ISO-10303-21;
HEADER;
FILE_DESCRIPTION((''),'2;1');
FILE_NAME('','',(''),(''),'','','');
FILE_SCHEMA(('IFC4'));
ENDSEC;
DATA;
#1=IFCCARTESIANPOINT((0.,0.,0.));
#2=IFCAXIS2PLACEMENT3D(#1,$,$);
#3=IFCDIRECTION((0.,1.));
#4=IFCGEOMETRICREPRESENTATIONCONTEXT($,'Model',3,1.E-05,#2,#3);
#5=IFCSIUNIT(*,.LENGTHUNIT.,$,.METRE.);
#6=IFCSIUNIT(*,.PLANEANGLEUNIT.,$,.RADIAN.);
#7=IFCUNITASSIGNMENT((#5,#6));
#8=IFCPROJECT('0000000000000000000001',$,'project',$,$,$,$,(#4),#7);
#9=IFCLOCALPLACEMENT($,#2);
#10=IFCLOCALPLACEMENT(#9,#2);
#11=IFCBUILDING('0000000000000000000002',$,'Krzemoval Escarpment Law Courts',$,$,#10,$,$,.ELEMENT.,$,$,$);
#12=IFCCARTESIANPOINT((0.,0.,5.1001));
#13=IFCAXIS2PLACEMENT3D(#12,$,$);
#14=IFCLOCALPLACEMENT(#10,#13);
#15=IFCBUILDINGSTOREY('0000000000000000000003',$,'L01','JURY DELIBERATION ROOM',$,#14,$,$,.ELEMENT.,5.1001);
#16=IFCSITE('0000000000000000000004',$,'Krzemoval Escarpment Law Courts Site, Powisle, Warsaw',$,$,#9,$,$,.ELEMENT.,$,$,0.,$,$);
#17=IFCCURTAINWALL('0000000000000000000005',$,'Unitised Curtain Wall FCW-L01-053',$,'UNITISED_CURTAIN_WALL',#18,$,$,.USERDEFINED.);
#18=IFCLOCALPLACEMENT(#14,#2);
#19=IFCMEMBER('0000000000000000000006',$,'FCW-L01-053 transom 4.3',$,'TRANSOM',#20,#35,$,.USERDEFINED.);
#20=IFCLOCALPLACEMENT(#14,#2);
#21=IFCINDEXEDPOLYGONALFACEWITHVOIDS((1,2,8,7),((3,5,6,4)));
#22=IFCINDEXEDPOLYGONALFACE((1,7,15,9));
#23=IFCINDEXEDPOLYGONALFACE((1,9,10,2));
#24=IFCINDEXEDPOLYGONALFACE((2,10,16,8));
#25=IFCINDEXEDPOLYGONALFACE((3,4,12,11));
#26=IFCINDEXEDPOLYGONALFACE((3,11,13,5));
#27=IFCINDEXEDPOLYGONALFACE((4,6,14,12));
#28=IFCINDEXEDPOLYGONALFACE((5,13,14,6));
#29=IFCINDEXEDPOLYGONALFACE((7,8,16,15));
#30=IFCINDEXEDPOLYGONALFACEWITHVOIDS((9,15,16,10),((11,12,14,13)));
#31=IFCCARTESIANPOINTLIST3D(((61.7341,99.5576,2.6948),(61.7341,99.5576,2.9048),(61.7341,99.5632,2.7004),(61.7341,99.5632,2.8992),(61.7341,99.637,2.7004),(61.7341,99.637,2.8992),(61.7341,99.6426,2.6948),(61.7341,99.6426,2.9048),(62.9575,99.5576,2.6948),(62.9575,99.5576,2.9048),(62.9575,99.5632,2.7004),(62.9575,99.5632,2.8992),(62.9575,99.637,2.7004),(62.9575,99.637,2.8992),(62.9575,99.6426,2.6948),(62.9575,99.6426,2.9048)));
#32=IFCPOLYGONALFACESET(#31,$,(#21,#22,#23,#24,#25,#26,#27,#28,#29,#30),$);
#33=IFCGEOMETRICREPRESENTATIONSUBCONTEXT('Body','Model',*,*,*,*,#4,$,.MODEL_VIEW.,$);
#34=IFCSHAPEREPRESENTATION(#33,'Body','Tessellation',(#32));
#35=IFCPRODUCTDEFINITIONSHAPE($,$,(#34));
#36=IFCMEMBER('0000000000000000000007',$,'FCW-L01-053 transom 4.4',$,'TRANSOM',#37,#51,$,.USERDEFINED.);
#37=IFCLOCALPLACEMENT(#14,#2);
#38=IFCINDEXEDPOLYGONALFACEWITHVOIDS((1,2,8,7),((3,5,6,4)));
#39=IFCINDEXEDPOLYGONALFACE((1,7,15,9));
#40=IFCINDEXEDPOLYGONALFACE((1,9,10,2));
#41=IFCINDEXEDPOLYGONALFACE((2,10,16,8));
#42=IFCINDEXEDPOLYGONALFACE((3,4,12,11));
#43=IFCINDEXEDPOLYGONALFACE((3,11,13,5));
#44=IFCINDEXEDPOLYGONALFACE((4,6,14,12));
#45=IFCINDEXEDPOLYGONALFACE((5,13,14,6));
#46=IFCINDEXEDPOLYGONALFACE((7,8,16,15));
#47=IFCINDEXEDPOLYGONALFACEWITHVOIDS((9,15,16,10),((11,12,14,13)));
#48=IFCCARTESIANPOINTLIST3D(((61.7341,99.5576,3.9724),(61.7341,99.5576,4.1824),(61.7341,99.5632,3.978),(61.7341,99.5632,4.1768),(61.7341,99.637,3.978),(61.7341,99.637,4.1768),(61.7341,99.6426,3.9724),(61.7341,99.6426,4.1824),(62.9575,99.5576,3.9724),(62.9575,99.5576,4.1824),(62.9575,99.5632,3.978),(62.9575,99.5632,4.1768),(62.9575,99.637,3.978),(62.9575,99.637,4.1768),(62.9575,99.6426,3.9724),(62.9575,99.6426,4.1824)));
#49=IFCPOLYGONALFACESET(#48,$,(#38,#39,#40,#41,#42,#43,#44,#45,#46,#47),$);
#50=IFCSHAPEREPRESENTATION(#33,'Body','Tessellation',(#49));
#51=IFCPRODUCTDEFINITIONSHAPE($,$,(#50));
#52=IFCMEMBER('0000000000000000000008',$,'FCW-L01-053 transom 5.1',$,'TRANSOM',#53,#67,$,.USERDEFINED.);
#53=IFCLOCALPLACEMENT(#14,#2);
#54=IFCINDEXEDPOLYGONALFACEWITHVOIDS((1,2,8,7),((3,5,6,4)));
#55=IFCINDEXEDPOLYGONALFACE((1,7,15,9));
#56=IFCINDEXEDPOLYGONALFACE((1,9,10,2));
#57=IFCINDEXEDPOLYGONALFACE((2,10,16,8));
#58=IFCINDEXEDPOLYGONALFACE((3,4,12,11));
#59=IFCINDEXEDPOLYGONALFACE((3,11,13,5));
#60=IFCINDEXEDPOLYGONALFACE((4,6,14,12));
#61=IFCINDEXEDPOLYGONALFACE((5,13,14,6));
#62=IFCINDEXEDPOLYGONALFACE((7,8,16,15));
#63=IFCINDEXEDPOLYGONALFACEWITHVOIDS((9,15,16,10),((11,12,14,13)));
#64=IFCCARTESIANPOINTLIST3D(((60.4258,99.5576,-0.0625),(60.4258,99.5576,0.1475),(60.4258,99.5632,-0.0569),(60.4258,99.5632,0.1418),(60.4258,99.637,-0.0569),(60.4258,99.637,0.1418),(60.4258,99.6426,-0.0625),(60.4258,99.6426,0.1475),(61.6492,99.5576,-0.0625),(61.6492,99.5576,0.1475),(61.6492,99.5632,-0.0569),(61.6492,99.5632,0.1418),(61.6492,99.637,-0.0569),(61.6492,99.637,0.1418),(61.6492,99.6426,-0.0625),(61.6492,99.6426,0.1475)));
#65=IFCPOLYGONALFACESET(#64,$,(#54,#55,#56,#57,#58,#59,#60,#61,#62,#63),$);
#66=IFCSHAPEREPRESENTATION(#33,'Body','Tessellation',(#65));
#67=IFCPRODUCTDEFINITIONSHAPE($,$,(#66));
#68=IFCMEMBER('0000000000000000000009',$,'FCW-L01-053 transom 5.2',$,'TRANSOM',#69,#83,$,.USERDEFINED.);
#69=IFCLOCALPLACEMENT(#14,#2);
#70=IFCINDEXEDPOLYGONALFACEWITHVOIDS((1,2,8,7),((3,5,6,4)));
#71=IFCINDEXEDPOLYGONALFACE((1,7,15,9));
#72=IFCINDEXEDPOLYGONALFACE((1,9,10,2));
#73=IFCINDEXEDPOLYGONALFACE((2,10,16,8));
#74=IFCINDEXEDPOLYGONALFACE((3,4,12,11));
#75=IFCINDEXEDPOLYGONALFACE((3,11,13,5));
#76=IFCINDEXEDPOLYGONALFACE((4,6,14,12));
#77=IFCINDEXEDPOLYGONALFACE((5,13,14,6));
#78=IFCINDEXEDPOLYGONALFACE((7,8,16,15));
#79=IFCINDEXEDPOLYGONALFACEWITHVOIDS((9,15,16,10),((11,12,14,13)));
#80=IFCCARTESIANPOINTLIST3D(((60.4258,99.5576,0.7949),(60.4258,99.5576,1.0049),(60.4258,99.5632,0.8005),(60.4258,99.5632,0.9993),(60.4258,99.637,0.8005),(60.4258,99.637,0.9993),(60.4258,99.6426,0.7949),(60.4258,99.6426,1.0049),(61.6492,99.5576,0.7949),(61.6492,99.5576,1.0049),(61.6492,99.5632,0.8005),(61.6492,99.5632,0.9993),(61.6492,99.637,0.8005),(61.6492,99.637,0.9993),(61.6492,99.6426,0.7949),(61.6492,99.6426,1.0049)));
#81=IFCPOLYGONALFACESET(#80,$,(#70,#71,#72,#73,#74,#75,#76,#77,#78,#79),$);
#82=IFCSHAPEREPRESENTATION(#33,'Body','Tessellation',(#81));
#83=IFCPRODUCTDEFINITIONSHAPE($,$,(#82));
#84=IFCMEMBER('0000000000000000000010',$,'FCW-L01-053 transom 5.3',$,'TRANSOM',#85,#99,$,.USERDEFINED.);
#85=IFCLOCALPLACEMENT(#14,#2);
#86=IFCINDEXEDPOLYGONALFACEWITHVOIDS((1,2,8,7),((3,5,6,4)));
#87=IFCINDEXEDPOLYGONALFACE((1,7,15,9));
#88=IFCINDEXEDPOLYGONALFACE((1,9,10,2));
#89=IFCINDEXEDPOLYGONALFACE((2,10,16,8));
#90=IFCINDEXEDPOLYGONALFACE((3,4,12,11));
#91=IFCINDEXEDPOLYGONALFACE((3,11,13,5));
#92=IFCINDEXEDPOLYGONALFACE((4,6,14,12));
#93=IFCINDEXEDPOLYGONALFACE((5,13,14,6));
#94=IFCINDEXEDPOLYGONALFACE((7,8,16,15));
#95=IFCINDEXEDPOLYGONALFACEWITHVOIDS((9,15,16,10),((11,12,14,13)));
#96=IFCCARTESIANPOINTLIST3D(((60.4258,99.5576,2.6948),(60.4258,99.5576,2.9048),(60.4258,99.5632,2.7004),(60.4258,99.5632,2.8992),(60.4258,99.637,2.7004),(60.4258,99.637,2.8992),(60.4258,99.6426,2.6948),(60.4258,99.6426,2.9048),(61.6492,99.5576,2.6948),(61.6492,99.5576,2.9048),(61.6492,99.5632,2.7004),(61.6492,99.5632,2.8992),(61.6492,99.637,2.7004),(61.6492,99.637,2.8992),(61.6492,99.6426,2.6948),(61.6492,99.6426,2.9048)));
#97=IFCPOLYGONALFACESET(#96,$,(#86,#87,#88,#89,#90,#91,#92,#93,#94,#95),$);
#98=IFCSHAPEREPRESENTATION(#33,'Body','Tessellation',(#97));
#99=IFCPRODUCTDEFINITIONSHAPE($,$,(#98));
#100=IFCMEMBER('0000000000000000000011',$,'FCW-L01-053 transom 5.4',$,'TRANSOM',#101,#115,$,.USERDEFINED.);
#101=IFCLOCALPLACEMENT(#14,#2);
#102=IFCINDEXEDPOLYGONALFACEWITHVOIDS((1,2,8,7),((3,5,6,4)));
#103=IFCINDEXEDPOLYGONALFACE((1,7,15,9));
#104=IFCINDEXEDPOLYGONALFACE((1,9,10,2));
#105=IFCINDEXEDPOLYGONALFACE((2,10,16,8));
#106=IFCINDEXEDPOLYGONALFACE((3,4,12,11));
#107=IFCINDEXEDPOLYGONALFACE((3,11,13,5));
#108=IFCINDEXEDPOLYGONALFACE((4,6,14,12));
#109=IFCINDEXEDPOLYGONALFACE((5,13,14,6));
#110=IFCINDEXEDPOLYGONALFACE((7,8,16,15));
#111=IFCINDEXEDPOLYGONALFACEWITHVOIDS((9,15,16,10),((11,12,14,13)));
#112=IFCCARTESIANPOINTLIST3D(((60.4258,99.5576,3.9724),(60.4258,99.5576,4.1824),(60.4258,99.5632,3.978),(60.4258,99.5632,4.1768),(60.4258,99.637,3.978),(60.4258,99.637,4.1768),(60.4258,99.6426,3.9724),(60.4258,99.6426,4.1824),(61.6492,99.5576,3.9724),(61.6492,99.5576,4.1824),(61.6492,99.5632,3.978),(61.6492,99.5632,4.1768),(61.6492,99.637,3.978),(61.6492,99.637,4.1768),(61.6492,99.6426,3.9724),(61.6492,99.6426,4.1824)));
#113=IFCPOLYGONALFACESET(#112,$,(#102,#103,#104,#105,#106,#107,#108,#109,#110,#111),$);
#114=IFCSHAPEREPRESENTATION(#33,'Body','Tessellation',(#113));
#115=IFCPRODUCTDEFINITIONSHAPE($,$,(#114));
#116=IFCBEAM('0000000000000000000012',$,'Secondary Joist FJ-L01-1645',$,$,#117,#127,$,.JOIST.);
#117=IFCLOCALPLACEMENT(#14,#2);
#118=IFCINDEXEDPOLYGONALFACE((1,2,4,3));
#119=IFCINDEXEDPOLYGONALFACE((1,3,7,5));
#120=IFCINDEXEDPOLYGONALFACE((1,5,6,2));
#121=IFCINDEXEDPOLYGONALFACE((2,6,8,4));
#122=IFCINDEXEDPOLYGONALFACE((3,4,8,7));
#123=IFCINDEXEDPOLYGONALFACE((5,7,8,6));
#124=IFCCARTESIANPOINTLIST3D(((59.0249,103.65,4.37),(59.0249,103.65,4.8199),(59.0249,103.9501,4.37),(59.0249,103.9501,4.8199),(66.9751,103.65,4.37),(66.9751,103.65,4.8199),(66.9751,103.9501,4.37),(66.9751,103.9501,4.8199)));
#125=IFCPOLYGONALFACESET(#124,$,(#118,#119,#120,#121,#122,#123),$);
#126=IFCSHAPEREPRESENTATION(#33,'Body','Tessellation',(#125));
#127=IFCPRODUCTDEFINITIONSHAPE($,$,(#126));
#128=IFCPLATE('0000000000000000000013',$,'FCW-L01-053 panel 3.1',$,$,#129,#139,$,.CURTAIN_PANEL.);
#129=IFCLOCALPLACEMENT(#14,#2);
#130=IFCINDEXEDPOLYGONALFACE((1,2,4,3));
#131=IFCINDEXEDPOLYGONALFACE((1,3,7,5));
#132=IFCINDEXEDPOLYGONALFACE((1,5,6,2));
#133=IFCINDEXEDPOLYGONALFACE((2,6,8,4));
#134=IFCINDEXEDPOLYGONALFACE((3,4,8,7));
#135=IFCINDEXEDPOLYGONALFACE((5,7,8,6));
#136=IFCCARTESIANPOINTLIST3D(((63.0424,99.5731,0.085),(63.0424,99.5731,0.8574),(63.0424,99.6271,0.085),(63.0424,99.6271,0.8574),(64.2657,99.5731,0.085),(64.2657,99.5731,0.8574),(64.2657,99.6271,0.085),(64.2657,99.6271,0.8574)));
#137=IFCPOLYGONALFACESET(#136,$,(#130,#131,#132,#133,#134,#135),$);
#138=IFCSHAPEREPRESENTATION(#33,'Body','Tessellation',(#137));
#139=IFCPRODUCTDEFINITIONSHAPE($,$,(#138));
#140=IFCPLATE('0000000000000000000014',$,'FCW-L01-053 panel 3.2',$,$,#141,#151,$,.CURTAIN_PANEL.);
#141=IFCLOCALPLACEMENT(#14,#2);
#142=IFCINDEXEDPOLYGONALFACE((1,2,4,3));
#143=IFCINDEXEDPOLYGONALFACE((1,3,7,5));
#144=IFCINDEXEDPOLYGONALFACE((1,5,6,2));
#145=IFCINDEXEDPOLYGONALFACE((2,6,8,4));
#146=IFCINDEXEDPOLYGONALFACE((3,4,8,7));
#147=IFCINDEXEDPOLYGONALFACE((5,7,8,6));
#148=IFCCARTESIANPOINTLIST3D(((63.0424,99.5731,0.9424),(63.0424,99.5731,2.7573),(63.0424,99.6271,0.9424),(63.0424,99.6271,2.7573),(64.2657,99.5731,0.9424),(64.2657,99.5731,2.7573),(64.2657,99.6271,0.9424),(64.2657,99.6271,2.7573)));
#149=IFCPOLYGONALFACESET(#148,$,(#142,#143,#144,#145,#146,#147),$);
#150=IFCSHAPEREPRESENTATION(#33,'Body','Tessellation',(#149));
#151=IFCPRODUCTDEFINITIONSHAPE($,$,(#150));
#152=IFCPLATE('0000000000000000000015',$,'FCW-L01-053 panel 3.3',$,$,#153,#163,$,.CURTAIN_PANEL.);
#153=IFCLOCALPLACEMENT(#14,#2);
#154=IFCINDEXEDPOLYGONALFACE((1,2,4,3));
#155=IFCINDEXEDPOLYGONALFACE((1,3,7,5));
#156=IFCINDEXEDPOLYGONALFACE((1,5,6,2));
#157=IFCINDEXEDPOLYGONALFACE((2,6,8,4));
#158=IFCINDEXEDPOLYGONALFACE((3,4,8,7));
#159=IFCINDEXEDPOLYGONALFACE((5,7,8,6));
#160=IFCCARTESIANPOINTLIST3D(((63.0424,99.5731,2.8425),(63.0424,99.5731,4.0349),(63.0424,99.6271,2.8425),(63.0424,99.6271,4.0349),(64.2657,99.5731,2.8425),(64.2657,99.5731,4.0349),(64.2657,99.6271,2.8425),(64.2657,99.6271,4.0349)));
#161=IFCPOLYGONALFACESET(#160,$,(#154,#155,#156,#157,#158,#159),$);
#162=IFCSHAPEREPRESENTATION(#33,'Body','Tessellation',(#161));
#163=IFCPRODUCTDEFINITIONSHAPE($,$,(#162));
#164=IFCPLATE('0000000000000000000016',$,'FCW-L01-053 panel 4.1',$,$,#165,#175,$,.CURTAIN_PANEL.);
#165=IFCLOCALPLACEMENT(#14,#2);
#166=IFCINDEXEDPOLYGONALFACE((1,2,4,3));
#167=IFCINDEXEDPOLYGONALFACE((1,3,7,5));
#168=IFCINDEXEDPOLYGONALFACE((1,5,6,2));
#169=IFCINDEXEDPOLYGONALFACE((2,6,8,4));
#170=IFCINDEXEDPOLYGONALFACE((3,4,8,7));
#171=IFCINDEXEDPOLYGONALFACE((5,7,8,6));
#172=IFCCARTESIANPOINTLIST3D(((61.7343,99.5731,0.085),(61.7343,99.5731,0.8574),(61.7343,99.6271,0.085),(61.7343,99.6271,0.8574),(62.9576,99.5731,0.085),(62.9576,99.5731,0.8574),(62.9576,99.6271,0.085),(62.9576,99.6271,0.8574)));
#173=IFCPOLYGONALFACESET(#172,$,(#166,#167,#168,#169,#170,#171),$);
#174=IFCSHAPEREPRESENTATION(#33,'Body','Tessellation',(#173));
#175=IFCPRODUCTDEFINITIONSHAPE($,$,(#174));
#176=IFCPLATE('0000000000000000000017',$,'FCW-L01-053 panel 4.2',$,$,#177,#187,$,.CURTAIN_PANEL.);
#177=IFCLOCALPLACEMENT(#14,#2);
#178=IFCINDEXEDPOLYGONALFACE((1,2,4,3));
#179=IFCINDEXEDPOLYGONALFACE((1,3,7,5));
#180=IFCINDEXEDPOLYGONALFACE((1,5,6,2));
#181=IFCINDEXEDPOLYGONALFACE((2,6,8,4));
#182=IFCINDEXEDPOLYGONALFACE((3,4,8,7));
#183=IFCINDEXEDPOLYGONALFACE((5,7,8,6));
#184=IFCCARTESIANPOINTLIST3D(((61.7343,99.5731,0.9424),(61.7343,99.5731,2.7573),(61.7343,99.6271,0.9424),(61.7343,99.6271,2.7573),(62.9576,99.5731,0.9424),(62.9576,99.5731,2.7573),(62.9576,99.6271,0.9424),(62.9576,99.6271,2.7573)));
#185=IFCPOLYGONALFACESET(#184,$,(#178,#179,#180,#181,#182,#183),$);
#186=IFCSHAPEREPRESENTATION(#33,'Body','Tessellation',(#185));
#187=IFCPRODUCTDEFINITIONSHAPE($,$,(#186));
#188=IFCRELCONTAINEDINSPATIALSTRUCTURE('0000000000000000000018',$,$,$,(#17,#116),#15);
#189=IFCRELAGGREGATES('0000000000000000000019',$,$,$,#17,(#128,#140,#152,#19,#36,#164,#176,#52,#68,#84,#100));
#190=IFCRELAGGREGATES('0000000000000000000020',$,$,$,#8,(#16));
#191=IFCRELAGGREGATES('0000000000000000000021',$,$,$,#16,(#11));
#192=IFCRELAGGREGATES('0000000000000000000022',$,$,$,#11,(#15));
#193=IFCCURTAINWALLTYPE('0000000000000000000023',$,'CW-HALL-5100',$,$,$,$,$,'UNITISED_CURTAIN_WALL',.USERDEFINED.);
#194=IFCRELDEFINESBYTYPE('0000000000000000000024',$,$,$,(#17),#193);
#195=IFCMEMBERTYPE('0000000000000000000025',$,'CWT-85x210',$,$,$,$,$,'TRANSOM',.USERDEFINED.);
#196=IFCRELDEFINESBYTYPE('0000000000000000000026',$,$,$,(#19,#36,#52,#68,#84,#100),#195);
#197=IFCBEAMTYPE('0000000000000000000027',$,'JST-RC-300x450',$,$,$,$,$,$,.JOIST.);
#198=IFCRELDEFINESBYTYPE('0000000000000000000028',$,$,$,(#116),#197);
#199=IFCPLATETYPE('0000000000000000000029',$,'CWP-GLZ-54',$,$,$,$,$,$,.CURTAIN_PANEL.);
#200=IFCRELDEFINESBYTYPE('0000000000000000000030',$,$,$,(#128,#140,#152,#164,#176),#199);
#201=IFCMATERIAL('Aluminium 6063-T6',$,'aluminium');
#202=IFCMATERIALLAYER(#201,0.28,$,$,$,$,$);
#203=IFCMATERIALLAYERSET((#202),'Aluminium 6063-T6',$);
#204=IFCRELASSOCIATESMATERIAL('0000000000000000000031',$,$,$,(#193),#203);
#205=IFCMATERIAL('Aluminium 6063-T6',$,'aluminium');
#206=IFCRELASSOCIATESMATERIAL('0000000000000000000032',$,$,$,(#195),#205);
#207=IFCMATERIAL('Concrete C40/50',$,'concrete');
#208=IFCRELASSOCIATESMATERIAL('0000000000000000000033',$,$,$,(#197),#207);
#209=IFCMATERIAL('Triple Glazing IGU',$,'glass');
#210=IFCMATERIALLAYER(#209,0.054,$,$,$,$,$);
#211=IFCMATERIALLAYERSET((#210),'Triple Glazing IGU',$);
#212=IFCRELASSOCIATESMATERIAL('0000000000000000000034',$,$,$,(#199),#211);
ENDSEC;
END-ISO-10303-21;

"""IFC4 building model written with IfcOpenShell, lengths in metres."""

from ifc_helpers import new_model, si_unit, direction, frame, origin, origin_2d, place, context, subcontext, project, spatial, rectangle, hollow_rectangle, extrude, material, layer, layer_set, material_profile, profile_set, type_object, element, aggregate, save


model = new_model("IFC4")

# Units and contexts
model_context = context("Model", 3, precision=1e-05, world=origin(), true_north=direction((0.0, 1.0)))
body_context = subcontext(model_context, "Body", "Model", "MODEL_VIEW")
ifc_project = project(units=[si_unit("LENGTHUNIT", "METRE"), si_unit("PLANEANGLEUNIT", "RADIAN")], contexts=[model_context])

# Site, building, storey
site_placement = place(None, origin())
site = spatial("IfcSite", under=ifc_project, at=site_placement, Name="Krzemoval Escarpment Law Courts Site, Powisle, Warsaw", CompositionType="ELEMENT", RefElevation=0.0)
building_placement = place(site_placement, origin())
building = spatial("IfcBuilding", under=site, at=building_placement, Name="Krzemoval Escarpment Law Courts", CompositionType="ELEMENT")
storey_placement = place(building_placement, frame((0.0, 0.0, 5.1001)))
storey = spatial("IfcBuildingStorey", under=building, at=storey_placement, Name="L01", Description="JURY DELIBERATION ROOM", CompositionType="ELEMENT", Elevation=5.1001)

# Curtain wall, members
ifc_material_1 = material(Name="Aluminium 6063-T6", Category="aluminium")
ifc_layer_1 = layer(ifc_material_1, 0.28)
ifc_layer_set_1 = layer_set([ifc_layer_1], Name="Aluminium 6063-T6")
curtain_wall_type = type_object("IfcCurtainWallType", Name="CW-HALL-5100", ElementType="UNITISED_CURTAIN_WALL", PredefinedType="USERDEFINED", material=ifc_layer_set_1)
curtain_wall_placement = place(storey_placement, origin())
curtain_wall = element("IfcCurtainWall", 1, at=curtain_wall_placement, inside=storey, type_object=curtain_wall_type, Name="Unitised Curtain Wall FCW-L01-053", ObjectType="UNITISED_CURTAIN_WALL", PredefinedType="USERDEFINED")
ifc_material_2 = material(Name="Aluminium 6063-T6", Category="aluminium")
ifc_material_profile_1 = material_profile(ifc_material_2, hollow_rectangle(XDim=0.085, YDim=0.21, WallThickness=0.0056, at=origin_2d()), Name="ALU T85x210")
ifc_profile_set_1 = profile_set([ifc_material_profile_1], Name="Aluminium 6063-T6")
member_type_1 = type_object("IfcMemberType", Name="CWT-85x210", ElementType="TRANSOM", PredefinedType="USERDEFINED", material=ifc_profile_set_1)
member_1_placement = place(storey_placement, frame((62.9575, 99.6001, 2.7998), z_axis=(-1.0, 0.0, 0.0), x_axis=(0.0, -1.0, 0.0)))
member_1 = element("IfcMember", 2, at=member_1_placement, type_object=member_type_1, Name="FCW-L01-053 transom 4.3", ObjectType="TRANSOM", PredefinedType="USERDEFINED", context=body_context, shape_type="SweptSolid", body=[
    extrude(hollow_rectangle(XDim=0.085, YDim=0.21, WallThickness=0.0056, at=origin_2d()), origin(), (0.0, 0.0, 1.0), 1.2234),
])
member_2_placement = place(storey_placement, frame((62.9575, 99.6001, 4.0774), z_axis=(-1.0, 0.0, 0.0), x_axis=(0.0, -1.0, 0.0)))
member_2 = element("IfcMember", 3, at=member_2_placement, type_object=member_type_1, Name="FCW-L01-053 transom 4.4", ObjectType="TRANSOM", PredefinedType="USERDEFINED", context=body_context, shape_type="SweptSolid", body=[
    extrude(hollow_rectangle(XDim=0.085, YDim=0.21, WallThickness=0.0056, at=origin_2d()), origin(), (0.0, 0.0, 1.0), 1.2234),
])
member_3_placement = place(storey_placement, frame((61.6492, 99.6001, 0.0425), z_axis=(-1.0, 0.0, 0.0), x_axis=(0.0, -1.0, 0.0)))
member_3 = element("IfcMember", 4, at=member_3_placement, type_object=member_type_1, Name="FCW-L01-053 transom 5.1", ObjectType="TRANSOM", PredefinedType="USERDEFINED", context=body_context, shape_type="SweptSolid", body=[
    extrude(hollow_rectangle(XDim=0.085, YDim=0.21, WallThickness=0.0056, at=origin_2d()), origin(), (0.0, 0.0, 1.0), 1.2234),
])
member_4_placement = place(storey_placement, frame((61.6492, 99.6001, 0.8999), z_axis=(-1.0, 0.0, 0.0), x_axis=(0.0, -1.0, 0.0)))
member_4 = element("IfcMember", 5, at=member_4_placement, type_object=member_type_1, Name="FCW-L01-053 transom 5.2", ObjectType="TRANSOM", PredefinedType="USERDEFINED", context=body_context, shape_type="SweptSolid", body=[
    extrude(hollow_rectangle(XDim=0.085, YDim=0.21, WallThickness=0.0056, at=origin_2d()), origin(), (0.0, 0.0, 1.0), 1.2234),
])
member_5_placement = place(storey_placement, frame((61.6492, 99.6001, 2.7998), z_axis=(-1.0, 0.0, 0.0), x_axis=(0.0, -1.0, 0.0)))
member_5 = element("IfcMember", 6, at=member_5_placement, type_object=member_type_1, Name="FCW-L01-053 transom 5.3", ObjectType="TRANSOM", PredefinedType="USERDEFINED", context=body_context, shape_type="SweptSolid", body=[
    extrude(hollow_rectangle(XDim=0.085, YDim=0.21, WallThickness=0.0056, at=origin_2d()), origin(), (0.0, 0.0, 1.0), 1.2234),
])
member_6_placement = place(storey_placement, frame((61.6492, 99.6001, 4.0774), z_axis=(-1.0, 0.0, 0.0), x_axis=(0.0, -1.0, 0.0)))
member_6 = element("IfcMember", 7, at=member_6_placement, type_object=member_type_1, Name="FCW-L01-053 transom 5.4", ObjectType="TRANSOM", PredefinedType="USERDEFINED", context=body_context, shape_type="SweptSolid", body=[
    extrude(hollow_rectangle(XDim=0.085, YDim=0.21, WallThickness=0.0056, at=origin_2d()), origin(), (0.0, 0.0, 1.0), 1.2234),
])

# Beam
ifc_material_3 = material(Name="Concrete C40/50", Category="concrete")
ifc_material_profile_2 = material_profile(ifc_material_3, rectangle(XDim=0.3, YDim=0.45, at=origin_2d()), Name="RCB 300x450")
ifc_profile_set_2 = profile_set([ifc_material_profile_2], Name="Concrete C40/50")
beam_type_1 = type_object("IfcBeamType", Name="JST-RC-300x450", PredefinedType="JOIST", material=ifc_profile_set_2)
beam_1_placement = place(storey_placement, frame((59.0249, 103.8, 4.595), z_axis=(1.0, 0.0, 0.0), x_axis=(0.0, 1.0, 0.0)))
element("IfcBeam", 8, at=beam_1_placement, inside=storey, type_object=beam_type_1, Name="Secondary Joist FJ-L01-1645", PredefinedType="JOIST", context=body_context, shape_type="SweptSolid", body=[
    extrude(rectangle(XDim=0.3, YDim=0.45, at=origin_2d()), origin(), (0.0, 0.0, 1.0), 7.9502),
])

# Plates
ifc_material_4 = material(Name="Triple Glazing IGU", Category="glass")
ifc_layer_2 = layer(ifc_material_4, 0.054)
ifc_layer_set_2 = layer_set([ifc_layer_2], Name="Triple Glazing IGU")
plate_type = type_object("IfcPlateType", Name="CWP-GLZ-54", PredefinedType="CURTAIN_PANEL", material=ifc_layer_set_2)
plate_1_placement = place(storey_placement, frame((63.6541, 99.6001, 0.085), z_axis=(0.0, 0.0, 1.0), x_axis=(-1.0, 0.0, 0.0)))
plate_1 = element("IfcPlate", 9, at=plate_1_placement, type_object=plate_type, Name="FCW-L01-053 panel 3.1", PredefinedType="CURTAIN_PANEL", context=body_context, shape_type="SweptSolid", body=[
    extrude(rectangle(XDim=1.2234, YDim=0.054, at=origin_2d()), origin(), (0.0, 0.0, 1.0), 0.7725),
])
plate_2_placement = place(storey_placement, frame((63.6541, 99.6001, 0.9424), z_axis=(0.0, 0.0, 1.0), x_axis=(-1.0, 0.0, 0.0)))
plate_2 = element("IfcPlate", 10, at=plate_2_placement, type_object=plate_type, Name="FCW-L01-053 panel 3.2", PredefinedType="CURTAIN_PANEL", context=body_context, shape_type="SweptSolid", body=[
    extrude(rectangle(XDim=1.2234, YDim=0.054, at=origin_2d()), origin(), (0.0, 0.0, 1.0), 1.8149),
])
plate_3_placement = place(storey_placement, frame((63.6541, 99.6001, 2.8425), z_axis=(0.0, 0.0, 1.0), x_axis=(-1.0, 0.0, 0.0)))
plate_3 = element("IfcPlate", 11, at=plate_3_placement, type_object=plate_type, Name="FCW-L01-053 panel 3.3", PredefinedType="CURTAIN_PANEL", context=body_context, shape_type="SweptSolid", body=[
    extrude(rectangle(XDim=1.2234, YDim=0.054, at=origin_2d()), origin(), (0.0, 0.0, 1.0), 1.1924),
])
plate_4_placement = place(storey_placement, frame((62.3459, 99.6001, 0.085), z_axis=(0.0, 0.0, 1.0), x_axis=(-1.0, 0.0, 0.0)))
plate_4 = element("IfcPlate", 12, at=plate_4_placement, type_object=plate_type, Name="FCW-L01-053 panel 4.1", PredefinedType="CURTAIN_PANEL", context=body_context, shape_type="SweptSolid", body=[
    extrude(rectangle(XDim=1.2234, YDim=0.054, at=origin_2d()), origin(), (0.0, 0.0, 1.0), 0.7725),
])
plate_5_placement = place(storey_placement, frame((62.3459, 99.6001, 0.9424), z_axis=(0.0, 0.0, 1.0), x_axis=(-1.0, 0.0, 0.0)))
plate_5 = element("IfcPlate", 13, at=plate_5_placement, type_object=plate_type, Name="FCW-L01-053 panel 4.2", PredefinedType="CURTAIN_PANEL", context=body_context, shape_type="SweptSolid", body=[
    extrude(rectangle(XDim=1.2234, YDim=0.054, at=origin_2d()), origin(), (0.0, 0.0, 1.0), 1.8149),
])
aggregate(curtain_wall, [plate_1, plate_2, plate_3, member_1, member_2, plate_4, plate_5, member_3, member_4, member_5, member_6])

save(model, "model.ifc")
